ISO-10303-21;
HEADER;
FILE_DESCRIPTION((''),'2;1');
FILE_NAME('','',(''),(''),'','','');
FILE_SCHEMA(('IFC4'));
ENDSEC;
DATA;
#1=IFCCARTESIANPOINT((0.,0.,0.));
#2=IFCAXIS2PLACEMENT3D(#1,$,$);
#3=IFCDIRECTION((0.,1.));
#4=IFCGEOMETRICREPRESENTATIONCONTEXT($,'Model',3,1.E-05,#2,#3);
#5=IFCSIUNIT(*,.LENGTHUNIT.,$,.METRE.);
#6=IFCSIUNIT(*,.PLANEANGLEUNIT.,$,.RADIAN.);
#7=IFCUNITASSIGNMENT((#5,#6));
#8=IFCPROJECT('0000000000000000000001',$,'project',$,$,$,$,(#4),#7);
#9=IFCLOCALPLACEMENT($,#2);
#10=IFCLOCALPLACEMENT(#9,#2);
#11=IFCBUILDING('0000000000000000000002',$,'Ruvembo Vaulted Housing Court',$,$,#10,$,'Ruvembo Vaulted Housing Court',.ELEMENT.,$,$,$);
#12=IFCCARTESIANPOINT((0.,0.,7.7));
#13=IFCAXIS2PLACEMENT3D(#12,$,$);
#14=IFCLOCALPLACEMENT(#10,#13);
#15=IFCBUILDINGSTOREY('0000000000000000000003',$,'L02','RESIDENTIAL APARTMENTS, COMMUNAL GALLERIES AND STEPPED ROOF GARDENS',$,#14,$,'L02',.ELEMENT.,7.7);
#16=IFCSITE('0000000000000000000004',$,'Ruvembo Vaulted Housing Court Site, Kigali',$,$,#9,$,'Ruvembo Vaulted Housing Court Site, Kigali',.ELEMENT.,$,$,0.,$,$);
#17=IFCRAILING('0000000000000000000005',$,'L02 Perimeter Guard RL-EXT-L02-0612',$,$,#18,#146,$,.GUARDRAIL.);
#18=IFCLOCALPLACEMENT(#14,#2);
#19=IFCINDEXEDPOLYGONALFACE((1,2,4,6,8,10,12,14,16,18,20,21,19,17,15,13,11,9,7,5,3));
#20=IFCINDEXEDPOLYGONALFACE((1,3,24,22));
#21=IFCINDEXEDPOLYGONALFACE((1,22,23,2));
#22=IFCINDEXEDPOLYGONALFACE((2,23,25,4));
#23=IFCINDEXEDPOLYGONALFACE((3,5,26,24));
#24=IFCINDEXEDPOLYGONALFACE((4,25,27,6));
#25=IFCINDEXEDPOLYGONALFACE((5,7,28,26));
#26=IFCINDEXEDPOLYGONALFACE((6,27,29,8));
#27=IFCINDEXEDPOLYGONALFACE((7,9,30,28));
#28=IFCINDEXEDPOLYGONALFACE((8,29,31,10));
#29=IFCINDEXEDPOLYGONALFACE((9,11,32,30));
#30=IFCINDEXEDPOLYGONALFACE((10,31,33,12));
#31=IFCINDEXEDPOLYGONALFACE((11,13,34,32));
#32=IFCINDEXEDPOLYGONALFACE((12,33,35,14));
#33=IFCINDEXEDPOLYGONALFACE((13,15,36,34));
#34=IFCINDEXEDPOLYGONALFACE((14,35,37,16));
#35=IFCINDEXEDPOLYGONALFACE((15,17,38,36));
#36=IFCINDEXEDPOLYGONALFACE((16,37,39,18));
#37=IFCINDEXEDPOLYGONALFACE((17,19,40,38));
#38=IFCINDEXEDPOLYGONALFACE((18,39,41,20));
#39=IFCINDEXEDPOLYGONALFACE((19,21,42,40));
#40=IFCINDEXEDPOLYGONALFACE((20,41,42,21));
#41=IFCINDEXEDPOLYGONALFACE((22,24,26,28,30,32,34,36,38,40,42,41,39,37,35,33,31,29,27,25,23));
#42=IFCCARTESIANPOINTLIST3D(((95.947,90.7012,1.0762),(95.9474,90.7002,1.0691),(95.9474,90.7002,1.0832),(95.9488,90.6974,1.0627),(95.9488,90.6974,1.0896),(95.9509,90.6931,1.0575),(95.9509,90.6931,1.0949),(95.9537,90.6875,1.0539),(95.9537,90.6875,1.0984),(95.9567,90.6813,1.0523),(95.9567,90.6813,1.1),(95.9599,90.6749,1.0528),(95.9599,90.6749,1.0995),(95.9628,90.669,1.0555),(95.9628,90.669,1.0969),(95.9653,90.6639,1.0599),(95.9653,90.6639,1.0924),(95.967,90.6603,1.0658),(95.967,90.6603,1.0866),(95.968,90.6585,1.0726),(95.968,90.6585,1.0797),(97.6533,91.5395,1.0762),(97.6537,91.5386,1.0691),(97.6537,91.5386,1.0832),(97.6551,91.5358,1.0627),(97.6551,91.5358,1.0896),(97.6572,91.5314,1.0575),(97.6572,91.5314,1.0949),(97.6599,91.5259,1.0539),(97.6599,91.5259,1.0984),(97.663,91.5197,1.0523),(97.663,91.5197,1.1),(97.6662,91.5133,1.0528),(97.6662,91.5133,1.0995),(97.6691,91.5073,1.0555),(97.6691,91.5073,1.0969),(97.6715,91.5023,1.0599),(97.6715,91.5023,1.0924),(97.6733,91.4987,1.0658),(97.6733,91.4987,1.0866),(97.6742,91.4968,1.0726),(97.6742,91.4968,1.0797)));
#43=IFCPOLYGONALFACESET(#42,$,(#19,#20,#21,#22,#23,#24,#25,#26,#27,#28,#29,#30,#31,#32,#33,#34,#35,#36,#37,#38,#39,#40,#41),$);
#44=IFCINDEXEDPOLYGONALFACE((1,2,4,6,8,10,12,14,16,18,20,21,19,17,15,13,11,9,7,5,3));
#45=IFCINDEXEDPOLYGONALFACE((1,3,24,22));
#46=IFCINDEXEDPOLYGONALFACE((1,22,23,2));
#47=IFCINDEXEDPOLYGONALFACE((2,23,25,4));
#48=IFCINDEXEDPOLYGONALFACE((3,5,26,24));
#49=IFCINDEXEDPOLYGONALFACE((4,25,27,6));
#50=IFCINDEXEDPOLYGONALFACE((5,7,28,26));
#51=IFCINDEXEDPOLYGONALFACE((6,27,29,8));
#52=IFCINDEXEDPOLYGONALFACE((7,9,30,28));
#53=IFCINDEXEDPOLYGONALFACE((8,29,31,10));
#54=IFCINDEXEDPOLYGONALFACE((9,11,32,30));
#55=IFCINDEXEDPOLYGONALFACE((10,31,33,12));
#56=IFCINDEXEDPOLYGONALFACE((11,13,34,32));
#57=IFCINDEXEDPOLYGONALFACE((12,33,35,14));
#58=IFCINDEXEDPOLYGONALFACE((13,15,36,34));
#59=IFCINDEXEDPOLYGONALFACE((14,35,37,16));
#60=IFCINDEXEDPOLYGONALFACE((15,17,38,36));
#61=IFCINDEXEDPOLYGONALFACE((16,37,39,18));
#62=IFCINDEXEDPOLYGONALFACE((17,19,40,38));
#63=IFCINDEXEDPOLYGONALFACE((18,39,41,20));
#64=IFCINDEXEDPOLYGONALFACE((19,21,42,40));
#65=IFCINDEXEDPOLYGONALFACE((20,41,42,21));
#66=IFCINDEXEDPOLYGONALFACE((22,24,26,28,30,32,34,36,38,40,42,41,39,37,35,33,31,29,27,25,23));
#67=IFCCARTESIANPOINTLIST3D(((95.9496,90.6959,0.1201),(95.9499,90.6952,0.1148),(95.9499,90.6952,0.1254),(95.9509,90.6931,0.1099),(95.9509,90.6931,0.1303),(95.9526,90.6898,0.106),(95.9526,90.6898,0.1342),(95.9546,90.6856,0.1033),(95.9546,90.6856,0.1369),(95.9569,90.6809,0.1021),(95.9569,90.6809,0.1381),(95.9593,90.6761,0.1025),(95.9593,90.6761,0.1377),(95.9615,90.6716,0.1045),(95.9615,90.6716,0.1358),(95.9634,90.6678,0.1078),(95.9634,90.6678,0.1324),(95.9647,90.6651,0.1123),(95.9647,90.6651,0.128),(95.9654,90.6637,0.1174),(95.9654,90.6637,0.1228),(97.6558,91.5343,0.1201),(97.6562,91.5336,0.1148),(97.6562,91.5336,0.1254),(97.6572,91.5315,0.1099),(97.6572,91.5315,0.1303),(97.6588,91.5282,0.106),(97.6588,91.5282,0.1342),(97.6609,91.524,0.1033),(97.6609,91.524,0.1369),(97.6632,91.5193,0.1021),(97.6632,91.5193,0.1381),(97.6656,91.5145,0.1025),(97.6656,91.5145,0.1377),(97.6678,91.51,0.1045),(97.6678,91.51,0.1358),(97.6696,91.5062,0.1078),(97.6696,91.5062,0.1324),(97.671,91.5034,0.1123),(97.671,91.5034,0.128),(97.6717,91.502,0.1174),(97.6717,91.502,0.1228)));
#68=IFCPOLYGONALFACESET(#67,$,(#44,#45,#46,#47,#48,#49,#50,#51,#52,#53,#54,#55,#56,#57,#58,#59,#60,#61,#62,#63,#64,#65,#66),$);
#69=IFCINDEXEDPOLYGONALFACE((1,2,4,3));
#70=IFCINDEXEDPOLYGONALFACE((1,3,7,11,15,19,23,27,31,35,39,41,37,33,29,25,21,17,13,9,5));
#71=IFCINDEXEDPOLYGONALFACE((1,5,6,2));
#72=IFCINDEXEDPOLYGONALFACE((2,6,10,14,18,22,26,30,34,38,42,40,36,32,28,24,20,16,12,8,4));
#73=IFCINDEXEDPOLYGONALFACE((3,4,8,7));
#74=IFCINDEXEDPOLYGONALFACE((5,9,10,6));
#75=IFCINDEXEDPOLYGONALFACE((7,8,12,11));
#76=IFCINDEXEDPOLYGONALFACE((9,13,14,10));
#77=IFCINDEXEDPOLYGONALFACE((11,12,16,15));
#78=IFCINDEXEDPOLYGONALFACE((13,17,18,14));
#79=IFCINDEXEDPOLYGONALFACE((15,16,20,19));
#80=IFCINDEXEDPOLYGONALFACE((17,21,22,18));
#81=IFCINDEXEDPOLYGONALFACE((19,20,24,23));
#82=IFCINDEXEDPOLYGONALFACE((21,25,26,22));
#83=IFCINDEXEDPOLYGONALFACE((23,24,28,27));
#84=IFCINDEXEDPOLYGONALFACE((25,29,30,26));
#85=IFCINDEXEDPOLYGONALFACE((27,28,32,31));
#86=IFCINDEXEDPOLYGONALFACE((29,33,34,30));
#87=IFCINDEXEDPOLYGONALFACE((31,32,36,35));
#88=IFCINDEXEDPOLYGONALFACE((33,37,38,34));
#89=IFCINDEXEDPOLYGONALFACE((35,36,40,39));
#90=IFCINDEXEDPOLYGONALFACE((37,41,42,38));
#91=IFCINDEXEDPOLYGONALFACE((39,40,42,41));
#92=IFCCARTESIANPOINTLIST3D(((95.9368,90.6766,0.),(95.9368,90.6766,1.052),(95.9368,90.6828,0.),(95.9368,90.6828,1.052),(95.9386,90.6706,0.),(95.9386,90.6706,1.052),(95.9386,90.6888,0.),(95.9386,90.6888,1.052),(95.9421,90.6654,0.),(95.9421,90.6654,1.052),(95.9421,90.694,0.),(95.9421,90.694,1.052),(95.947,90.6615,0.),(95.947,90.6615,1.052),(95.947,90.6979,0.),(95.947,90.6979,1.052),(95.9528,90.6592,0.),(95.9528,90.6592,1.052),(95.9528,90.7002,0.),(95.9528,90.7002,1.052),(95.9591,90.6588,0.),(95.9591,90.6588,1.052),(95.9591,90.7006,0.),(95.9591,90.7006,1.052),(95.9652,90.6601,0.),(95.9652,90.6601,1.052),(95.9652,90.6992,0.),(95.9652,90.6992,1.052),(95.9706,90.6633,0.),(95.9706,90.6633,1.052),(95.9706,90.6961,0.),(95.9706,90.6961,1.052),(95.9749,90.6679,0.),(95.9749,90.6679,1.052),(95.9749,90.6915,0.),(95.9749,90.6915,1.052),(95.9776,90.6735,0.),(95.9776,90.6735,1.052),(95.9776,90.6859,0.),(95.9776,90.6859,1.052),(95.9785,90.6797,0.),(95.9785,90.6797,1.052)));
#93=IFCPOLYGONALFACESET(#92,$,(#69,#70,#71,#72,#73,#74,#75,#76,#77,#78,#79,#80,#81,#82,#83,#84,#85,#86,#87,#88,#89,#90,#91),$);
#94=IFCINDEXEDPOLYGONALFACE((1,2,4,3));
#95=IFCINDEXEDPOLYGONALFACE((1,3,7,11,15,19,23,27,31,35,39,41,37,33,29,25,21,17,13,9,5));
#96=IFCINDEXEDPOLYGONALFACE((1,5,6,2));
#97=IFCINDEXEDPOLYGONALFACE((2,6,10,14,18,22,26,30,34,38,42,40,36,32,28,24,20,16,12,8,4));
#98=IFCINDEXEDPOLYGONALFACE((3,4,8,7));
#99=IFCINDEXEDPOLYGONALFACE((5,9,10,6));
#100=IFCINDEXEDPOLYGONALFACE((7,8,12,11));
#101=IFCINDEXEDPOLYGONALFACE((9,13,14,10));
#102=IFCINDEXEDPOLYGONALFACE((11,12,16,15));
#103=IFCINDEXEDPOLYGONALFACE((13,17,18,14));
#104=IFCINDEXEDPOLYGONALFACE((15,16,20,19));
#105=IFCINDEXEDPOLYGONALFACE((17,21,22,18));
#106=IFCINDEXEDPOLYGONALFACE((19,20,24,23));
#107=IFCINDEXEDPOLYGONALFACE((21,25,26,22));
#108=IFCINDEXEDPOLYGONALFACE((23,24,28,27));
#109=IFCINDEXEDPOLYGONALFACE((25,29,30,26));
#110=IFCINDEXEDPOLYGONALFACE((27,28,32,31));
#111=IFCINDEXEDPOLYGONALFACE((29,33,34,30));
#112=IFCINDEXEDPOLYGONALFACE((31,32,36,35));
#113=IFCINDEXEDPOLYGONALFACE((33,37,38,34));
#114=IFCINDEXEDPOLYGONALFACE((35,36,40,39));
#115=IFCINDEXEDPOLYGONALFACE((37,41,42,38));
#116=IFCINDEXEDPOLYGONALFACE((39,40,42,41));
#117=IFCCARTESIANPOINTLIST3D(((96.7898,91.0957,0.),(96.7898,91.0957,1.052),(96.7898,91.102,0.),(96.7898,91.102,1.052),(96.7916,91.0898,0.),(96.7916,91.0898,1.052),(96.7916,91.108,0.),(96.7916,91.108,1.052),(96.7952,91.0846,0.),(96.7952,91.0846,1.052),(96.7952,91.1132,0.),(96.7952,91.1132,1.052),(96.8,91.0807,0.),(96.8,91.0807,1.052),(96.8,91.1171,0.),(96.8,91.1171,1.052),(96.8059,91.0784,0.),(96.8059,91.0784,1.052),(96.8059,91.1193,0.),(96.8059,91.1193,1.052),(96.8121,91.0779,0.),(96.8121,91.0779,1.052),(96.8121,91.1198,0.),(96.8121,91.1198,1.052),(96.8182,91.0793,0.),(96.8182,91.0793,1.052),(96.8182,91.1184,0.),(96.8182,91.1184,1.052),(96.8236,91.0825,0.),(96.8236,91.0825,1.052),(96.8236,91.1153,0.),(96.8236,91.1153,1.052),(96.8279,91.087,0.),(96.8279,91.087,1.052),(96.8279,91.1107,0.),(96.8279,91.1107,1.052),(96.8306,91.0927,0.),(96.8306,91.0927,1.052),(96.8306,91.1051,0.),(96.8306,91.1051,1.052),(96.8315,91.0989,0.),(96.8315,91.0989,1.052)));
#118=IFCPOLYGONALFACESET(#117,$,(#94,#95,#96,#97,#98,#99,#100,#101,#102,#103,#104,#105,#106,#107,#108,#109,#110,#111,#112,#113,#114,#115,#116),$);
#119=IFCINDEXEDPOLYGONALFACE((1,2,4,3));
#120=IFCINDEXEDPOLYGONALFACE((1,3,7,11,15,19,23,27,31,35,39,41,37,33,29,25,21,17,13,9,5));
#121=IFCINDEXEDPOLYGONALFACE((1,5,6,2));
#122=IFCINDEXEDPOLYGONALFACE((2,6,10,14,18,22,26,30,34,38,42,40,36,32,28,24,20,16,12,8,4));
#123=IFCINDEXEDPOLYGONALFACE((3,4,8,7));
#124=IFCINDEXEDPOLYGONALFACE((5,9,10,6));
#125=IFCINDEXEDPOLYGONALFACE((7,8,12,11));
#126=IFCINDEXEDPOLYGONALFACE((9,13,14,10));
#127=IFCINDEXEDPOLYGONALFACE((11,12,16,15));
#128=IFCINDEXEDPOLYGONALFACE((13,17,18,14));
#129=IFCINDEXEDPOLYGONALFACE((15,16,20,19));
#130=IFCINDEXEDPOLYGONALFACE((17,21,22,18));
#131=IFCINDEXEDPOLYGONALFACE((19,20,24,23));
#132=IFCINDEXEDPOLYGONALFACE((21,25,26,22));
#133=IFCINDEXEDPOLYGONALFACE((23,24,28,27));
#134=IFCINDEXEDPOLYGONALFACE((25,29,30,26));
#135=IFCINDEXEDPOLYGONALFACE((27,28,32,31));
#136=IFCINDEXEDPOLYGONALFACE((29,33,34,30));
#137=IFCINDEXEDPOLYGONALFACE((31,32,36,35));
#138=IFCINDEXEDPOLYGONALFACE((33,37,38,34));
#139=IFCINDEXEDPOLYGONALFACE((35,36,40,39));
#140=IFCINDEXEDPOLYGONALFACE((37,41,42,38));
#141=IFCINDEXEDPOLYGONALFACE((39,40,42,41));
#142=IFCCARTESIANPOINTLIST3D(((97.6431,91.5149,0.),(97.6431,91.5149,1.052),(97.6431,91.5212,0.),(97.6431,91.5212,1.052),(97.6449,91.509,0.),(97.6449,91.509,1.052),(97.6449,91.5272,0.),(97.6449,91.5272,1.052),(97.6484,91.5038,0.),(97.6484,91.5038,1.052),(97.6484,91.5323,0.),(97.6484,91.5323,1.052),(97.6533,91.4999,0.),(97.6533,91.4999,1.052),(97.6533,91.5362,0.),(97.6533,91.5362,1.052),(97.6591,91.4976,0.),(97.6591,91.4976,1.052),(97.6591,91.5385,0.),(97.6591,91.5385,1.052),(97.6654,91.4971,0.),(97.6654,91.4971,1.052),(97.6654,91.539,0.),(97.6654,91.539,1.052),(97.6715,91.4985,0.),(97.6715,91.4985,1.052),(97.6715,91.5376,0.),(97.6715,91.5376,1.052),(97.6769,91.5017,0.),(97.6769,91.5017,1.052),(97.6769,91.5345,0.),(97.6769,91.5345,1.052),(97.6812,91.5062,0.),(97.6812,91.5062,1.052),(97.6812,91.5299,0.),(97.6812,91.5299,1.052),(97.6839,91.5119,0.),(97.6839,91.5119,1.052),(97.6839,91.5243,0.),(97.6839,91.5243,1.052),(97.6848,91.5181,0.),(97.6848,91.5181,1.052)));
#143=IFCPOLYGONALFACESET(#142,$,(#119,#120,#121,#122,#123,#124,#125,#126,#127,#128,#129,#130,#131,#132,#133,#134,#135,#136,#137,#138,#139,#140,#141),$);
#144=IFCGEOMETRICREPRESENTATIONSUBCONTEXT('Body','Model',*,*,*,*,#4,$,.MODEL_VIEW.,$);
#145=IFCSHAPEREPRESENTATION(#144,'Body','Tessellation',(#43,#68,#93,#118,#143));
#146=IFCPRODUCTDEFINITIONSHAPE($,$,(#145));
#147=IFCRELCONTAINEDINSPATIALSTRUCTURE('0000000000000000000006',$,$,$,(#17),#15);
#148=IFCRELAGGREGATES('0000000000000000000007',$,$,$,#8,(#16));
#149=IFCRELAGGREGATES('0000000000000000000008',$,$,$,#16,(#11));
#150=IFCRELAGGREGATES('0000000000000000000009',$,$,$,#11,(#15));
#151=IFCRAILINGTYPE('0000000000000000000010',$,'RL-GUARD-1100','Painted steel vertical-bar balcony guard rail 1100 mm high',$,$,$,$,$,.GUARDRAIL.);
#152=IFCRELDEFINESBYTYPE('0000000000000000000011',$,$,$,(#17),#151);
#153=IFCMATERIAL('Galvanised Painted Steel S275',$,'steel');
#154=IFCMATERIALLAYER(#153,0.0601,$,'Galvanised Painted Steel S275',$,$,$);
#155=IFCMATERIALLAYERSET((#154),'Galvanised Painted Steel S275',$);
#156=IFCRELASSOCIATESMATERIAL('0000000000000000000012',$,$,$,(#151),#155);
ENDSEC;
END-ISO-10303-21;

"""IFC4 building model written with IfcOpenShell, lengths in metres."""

from ifc_helpers import new_model, si_unit, direction, frame, origin, origin_2d, place, context, subcontext, project, spatial, circle, extrude, material, layer, layer_set, type_object, element, save


model = new_model("IFC4")

# Units and contexts
model_context = context("Model", 3, precision=1e-05, world=origin(), true_north=direction((0.0, 1.0)))
body_context = subcontext(model_context, "Body", "Model", "MODEL_VIEW")
ifc_project = project(units=[si_unit("LENGTHUNIT", "METRE"), si_unit("PLANEANGLEUNIT", "RADIAN")], contexts=[model_context])

# Site, building, storey
site_placement = place(None, origin())
site = spatial("IfcSite", under=ifc_project, at=site_placement, Name="Ruvembo Vaulted Housing Court Site, Kigali", LongName="Ruvembo Vaulted Housing Court Site, Kigali", CompositionType="ELEMENT", RefElevation=0.0)
building_placement = place(site_placement, origin())
building = spatial("IfcBuilding", under=site, at=building_placement, Name="Ruvembo Vaulted Housing Court", LongName="Ruvembo Vaulted Housing Court", CompositionType="ELEMENT")
storey_placement = place(building_placement, frame((0.0, 0.0, 7.7)))
storey = spatial("IfcBuildingStorey", under=building, at=storey_placement, Name="L02", Description="RESIDENTIAL APARTMENTS, COMMUNAL GALLERIES AND STEPPED ROOF GARDENS", LongName="L02", CompositionType="ELEMENT", Elevation=7.7)

# Railing
ifc_material_1 = material(Name="Galvanised Painted Steel S275", Category="steel")
ifc_layer_1 = layer(ifc_material_1, 0.0601, Name="Galvanised Painted Steel S275")
ifc_layer_set_1 = layer_set([ifc_layer_1], Name="Galvanised Painted Steel S275")
railing_type = type_object("IfcRailingType", Name="RL-GUARD-1100", Description="Painted steel vertical-bar balcony guard rail 1100 mm high", PredefinedType="GUARDRAIL", material=ifc_layer_set_1)
railing_1_placement = place(storey_placement, frame((95.9575, 90.6797, 0.0)))
element("IfcRailing", 1, at=railing_1_placement, inside=storey, type_object=railing_type, Name="L02 Perimeter Guard RL-EXT-L02-0612", PredefinedType="GUARDRAIL", context=body_context, shape_type="SweptSolid", body=[
    extrude(circle(Radius=0.0239, at=origin_2d()), frame((0.0, 0.0, 1.0762), z_axis=(0.897513, 0.440987, 0.0), x_axis=(-0.440987, 0.897513, 0.0)), (0.0, 0.0, 1.0), 1.9011),
    extrude(circle(Radius=0.0181, at=origin_2d()), frame((0.0, 0.0, 0.1201), z_axis=(0.897513, 0.440987, 0.0), x_axis=(-0.440987, 0.897513, 0.0)), (0.0, 0.0, 1.0), 1.9011),
    extrude(circle(Radius=0.021, at=origin_2d()), origin(), (0.0, 0.0, 1.0), 1.052),
    extrude(circle(Radius=0.021, at=origin_2d()), frame((0.853, 0.4192, 0.0)), (0.0, 0.0, 1.0), 1.052),
    extrude(circle(Radius=0.021, at=origin_2d()), frame((1.7063, 0.8384, 0.0)), (0.0, 0.0, 1.0), 1.052),
])

save(model, "model.ifc")
